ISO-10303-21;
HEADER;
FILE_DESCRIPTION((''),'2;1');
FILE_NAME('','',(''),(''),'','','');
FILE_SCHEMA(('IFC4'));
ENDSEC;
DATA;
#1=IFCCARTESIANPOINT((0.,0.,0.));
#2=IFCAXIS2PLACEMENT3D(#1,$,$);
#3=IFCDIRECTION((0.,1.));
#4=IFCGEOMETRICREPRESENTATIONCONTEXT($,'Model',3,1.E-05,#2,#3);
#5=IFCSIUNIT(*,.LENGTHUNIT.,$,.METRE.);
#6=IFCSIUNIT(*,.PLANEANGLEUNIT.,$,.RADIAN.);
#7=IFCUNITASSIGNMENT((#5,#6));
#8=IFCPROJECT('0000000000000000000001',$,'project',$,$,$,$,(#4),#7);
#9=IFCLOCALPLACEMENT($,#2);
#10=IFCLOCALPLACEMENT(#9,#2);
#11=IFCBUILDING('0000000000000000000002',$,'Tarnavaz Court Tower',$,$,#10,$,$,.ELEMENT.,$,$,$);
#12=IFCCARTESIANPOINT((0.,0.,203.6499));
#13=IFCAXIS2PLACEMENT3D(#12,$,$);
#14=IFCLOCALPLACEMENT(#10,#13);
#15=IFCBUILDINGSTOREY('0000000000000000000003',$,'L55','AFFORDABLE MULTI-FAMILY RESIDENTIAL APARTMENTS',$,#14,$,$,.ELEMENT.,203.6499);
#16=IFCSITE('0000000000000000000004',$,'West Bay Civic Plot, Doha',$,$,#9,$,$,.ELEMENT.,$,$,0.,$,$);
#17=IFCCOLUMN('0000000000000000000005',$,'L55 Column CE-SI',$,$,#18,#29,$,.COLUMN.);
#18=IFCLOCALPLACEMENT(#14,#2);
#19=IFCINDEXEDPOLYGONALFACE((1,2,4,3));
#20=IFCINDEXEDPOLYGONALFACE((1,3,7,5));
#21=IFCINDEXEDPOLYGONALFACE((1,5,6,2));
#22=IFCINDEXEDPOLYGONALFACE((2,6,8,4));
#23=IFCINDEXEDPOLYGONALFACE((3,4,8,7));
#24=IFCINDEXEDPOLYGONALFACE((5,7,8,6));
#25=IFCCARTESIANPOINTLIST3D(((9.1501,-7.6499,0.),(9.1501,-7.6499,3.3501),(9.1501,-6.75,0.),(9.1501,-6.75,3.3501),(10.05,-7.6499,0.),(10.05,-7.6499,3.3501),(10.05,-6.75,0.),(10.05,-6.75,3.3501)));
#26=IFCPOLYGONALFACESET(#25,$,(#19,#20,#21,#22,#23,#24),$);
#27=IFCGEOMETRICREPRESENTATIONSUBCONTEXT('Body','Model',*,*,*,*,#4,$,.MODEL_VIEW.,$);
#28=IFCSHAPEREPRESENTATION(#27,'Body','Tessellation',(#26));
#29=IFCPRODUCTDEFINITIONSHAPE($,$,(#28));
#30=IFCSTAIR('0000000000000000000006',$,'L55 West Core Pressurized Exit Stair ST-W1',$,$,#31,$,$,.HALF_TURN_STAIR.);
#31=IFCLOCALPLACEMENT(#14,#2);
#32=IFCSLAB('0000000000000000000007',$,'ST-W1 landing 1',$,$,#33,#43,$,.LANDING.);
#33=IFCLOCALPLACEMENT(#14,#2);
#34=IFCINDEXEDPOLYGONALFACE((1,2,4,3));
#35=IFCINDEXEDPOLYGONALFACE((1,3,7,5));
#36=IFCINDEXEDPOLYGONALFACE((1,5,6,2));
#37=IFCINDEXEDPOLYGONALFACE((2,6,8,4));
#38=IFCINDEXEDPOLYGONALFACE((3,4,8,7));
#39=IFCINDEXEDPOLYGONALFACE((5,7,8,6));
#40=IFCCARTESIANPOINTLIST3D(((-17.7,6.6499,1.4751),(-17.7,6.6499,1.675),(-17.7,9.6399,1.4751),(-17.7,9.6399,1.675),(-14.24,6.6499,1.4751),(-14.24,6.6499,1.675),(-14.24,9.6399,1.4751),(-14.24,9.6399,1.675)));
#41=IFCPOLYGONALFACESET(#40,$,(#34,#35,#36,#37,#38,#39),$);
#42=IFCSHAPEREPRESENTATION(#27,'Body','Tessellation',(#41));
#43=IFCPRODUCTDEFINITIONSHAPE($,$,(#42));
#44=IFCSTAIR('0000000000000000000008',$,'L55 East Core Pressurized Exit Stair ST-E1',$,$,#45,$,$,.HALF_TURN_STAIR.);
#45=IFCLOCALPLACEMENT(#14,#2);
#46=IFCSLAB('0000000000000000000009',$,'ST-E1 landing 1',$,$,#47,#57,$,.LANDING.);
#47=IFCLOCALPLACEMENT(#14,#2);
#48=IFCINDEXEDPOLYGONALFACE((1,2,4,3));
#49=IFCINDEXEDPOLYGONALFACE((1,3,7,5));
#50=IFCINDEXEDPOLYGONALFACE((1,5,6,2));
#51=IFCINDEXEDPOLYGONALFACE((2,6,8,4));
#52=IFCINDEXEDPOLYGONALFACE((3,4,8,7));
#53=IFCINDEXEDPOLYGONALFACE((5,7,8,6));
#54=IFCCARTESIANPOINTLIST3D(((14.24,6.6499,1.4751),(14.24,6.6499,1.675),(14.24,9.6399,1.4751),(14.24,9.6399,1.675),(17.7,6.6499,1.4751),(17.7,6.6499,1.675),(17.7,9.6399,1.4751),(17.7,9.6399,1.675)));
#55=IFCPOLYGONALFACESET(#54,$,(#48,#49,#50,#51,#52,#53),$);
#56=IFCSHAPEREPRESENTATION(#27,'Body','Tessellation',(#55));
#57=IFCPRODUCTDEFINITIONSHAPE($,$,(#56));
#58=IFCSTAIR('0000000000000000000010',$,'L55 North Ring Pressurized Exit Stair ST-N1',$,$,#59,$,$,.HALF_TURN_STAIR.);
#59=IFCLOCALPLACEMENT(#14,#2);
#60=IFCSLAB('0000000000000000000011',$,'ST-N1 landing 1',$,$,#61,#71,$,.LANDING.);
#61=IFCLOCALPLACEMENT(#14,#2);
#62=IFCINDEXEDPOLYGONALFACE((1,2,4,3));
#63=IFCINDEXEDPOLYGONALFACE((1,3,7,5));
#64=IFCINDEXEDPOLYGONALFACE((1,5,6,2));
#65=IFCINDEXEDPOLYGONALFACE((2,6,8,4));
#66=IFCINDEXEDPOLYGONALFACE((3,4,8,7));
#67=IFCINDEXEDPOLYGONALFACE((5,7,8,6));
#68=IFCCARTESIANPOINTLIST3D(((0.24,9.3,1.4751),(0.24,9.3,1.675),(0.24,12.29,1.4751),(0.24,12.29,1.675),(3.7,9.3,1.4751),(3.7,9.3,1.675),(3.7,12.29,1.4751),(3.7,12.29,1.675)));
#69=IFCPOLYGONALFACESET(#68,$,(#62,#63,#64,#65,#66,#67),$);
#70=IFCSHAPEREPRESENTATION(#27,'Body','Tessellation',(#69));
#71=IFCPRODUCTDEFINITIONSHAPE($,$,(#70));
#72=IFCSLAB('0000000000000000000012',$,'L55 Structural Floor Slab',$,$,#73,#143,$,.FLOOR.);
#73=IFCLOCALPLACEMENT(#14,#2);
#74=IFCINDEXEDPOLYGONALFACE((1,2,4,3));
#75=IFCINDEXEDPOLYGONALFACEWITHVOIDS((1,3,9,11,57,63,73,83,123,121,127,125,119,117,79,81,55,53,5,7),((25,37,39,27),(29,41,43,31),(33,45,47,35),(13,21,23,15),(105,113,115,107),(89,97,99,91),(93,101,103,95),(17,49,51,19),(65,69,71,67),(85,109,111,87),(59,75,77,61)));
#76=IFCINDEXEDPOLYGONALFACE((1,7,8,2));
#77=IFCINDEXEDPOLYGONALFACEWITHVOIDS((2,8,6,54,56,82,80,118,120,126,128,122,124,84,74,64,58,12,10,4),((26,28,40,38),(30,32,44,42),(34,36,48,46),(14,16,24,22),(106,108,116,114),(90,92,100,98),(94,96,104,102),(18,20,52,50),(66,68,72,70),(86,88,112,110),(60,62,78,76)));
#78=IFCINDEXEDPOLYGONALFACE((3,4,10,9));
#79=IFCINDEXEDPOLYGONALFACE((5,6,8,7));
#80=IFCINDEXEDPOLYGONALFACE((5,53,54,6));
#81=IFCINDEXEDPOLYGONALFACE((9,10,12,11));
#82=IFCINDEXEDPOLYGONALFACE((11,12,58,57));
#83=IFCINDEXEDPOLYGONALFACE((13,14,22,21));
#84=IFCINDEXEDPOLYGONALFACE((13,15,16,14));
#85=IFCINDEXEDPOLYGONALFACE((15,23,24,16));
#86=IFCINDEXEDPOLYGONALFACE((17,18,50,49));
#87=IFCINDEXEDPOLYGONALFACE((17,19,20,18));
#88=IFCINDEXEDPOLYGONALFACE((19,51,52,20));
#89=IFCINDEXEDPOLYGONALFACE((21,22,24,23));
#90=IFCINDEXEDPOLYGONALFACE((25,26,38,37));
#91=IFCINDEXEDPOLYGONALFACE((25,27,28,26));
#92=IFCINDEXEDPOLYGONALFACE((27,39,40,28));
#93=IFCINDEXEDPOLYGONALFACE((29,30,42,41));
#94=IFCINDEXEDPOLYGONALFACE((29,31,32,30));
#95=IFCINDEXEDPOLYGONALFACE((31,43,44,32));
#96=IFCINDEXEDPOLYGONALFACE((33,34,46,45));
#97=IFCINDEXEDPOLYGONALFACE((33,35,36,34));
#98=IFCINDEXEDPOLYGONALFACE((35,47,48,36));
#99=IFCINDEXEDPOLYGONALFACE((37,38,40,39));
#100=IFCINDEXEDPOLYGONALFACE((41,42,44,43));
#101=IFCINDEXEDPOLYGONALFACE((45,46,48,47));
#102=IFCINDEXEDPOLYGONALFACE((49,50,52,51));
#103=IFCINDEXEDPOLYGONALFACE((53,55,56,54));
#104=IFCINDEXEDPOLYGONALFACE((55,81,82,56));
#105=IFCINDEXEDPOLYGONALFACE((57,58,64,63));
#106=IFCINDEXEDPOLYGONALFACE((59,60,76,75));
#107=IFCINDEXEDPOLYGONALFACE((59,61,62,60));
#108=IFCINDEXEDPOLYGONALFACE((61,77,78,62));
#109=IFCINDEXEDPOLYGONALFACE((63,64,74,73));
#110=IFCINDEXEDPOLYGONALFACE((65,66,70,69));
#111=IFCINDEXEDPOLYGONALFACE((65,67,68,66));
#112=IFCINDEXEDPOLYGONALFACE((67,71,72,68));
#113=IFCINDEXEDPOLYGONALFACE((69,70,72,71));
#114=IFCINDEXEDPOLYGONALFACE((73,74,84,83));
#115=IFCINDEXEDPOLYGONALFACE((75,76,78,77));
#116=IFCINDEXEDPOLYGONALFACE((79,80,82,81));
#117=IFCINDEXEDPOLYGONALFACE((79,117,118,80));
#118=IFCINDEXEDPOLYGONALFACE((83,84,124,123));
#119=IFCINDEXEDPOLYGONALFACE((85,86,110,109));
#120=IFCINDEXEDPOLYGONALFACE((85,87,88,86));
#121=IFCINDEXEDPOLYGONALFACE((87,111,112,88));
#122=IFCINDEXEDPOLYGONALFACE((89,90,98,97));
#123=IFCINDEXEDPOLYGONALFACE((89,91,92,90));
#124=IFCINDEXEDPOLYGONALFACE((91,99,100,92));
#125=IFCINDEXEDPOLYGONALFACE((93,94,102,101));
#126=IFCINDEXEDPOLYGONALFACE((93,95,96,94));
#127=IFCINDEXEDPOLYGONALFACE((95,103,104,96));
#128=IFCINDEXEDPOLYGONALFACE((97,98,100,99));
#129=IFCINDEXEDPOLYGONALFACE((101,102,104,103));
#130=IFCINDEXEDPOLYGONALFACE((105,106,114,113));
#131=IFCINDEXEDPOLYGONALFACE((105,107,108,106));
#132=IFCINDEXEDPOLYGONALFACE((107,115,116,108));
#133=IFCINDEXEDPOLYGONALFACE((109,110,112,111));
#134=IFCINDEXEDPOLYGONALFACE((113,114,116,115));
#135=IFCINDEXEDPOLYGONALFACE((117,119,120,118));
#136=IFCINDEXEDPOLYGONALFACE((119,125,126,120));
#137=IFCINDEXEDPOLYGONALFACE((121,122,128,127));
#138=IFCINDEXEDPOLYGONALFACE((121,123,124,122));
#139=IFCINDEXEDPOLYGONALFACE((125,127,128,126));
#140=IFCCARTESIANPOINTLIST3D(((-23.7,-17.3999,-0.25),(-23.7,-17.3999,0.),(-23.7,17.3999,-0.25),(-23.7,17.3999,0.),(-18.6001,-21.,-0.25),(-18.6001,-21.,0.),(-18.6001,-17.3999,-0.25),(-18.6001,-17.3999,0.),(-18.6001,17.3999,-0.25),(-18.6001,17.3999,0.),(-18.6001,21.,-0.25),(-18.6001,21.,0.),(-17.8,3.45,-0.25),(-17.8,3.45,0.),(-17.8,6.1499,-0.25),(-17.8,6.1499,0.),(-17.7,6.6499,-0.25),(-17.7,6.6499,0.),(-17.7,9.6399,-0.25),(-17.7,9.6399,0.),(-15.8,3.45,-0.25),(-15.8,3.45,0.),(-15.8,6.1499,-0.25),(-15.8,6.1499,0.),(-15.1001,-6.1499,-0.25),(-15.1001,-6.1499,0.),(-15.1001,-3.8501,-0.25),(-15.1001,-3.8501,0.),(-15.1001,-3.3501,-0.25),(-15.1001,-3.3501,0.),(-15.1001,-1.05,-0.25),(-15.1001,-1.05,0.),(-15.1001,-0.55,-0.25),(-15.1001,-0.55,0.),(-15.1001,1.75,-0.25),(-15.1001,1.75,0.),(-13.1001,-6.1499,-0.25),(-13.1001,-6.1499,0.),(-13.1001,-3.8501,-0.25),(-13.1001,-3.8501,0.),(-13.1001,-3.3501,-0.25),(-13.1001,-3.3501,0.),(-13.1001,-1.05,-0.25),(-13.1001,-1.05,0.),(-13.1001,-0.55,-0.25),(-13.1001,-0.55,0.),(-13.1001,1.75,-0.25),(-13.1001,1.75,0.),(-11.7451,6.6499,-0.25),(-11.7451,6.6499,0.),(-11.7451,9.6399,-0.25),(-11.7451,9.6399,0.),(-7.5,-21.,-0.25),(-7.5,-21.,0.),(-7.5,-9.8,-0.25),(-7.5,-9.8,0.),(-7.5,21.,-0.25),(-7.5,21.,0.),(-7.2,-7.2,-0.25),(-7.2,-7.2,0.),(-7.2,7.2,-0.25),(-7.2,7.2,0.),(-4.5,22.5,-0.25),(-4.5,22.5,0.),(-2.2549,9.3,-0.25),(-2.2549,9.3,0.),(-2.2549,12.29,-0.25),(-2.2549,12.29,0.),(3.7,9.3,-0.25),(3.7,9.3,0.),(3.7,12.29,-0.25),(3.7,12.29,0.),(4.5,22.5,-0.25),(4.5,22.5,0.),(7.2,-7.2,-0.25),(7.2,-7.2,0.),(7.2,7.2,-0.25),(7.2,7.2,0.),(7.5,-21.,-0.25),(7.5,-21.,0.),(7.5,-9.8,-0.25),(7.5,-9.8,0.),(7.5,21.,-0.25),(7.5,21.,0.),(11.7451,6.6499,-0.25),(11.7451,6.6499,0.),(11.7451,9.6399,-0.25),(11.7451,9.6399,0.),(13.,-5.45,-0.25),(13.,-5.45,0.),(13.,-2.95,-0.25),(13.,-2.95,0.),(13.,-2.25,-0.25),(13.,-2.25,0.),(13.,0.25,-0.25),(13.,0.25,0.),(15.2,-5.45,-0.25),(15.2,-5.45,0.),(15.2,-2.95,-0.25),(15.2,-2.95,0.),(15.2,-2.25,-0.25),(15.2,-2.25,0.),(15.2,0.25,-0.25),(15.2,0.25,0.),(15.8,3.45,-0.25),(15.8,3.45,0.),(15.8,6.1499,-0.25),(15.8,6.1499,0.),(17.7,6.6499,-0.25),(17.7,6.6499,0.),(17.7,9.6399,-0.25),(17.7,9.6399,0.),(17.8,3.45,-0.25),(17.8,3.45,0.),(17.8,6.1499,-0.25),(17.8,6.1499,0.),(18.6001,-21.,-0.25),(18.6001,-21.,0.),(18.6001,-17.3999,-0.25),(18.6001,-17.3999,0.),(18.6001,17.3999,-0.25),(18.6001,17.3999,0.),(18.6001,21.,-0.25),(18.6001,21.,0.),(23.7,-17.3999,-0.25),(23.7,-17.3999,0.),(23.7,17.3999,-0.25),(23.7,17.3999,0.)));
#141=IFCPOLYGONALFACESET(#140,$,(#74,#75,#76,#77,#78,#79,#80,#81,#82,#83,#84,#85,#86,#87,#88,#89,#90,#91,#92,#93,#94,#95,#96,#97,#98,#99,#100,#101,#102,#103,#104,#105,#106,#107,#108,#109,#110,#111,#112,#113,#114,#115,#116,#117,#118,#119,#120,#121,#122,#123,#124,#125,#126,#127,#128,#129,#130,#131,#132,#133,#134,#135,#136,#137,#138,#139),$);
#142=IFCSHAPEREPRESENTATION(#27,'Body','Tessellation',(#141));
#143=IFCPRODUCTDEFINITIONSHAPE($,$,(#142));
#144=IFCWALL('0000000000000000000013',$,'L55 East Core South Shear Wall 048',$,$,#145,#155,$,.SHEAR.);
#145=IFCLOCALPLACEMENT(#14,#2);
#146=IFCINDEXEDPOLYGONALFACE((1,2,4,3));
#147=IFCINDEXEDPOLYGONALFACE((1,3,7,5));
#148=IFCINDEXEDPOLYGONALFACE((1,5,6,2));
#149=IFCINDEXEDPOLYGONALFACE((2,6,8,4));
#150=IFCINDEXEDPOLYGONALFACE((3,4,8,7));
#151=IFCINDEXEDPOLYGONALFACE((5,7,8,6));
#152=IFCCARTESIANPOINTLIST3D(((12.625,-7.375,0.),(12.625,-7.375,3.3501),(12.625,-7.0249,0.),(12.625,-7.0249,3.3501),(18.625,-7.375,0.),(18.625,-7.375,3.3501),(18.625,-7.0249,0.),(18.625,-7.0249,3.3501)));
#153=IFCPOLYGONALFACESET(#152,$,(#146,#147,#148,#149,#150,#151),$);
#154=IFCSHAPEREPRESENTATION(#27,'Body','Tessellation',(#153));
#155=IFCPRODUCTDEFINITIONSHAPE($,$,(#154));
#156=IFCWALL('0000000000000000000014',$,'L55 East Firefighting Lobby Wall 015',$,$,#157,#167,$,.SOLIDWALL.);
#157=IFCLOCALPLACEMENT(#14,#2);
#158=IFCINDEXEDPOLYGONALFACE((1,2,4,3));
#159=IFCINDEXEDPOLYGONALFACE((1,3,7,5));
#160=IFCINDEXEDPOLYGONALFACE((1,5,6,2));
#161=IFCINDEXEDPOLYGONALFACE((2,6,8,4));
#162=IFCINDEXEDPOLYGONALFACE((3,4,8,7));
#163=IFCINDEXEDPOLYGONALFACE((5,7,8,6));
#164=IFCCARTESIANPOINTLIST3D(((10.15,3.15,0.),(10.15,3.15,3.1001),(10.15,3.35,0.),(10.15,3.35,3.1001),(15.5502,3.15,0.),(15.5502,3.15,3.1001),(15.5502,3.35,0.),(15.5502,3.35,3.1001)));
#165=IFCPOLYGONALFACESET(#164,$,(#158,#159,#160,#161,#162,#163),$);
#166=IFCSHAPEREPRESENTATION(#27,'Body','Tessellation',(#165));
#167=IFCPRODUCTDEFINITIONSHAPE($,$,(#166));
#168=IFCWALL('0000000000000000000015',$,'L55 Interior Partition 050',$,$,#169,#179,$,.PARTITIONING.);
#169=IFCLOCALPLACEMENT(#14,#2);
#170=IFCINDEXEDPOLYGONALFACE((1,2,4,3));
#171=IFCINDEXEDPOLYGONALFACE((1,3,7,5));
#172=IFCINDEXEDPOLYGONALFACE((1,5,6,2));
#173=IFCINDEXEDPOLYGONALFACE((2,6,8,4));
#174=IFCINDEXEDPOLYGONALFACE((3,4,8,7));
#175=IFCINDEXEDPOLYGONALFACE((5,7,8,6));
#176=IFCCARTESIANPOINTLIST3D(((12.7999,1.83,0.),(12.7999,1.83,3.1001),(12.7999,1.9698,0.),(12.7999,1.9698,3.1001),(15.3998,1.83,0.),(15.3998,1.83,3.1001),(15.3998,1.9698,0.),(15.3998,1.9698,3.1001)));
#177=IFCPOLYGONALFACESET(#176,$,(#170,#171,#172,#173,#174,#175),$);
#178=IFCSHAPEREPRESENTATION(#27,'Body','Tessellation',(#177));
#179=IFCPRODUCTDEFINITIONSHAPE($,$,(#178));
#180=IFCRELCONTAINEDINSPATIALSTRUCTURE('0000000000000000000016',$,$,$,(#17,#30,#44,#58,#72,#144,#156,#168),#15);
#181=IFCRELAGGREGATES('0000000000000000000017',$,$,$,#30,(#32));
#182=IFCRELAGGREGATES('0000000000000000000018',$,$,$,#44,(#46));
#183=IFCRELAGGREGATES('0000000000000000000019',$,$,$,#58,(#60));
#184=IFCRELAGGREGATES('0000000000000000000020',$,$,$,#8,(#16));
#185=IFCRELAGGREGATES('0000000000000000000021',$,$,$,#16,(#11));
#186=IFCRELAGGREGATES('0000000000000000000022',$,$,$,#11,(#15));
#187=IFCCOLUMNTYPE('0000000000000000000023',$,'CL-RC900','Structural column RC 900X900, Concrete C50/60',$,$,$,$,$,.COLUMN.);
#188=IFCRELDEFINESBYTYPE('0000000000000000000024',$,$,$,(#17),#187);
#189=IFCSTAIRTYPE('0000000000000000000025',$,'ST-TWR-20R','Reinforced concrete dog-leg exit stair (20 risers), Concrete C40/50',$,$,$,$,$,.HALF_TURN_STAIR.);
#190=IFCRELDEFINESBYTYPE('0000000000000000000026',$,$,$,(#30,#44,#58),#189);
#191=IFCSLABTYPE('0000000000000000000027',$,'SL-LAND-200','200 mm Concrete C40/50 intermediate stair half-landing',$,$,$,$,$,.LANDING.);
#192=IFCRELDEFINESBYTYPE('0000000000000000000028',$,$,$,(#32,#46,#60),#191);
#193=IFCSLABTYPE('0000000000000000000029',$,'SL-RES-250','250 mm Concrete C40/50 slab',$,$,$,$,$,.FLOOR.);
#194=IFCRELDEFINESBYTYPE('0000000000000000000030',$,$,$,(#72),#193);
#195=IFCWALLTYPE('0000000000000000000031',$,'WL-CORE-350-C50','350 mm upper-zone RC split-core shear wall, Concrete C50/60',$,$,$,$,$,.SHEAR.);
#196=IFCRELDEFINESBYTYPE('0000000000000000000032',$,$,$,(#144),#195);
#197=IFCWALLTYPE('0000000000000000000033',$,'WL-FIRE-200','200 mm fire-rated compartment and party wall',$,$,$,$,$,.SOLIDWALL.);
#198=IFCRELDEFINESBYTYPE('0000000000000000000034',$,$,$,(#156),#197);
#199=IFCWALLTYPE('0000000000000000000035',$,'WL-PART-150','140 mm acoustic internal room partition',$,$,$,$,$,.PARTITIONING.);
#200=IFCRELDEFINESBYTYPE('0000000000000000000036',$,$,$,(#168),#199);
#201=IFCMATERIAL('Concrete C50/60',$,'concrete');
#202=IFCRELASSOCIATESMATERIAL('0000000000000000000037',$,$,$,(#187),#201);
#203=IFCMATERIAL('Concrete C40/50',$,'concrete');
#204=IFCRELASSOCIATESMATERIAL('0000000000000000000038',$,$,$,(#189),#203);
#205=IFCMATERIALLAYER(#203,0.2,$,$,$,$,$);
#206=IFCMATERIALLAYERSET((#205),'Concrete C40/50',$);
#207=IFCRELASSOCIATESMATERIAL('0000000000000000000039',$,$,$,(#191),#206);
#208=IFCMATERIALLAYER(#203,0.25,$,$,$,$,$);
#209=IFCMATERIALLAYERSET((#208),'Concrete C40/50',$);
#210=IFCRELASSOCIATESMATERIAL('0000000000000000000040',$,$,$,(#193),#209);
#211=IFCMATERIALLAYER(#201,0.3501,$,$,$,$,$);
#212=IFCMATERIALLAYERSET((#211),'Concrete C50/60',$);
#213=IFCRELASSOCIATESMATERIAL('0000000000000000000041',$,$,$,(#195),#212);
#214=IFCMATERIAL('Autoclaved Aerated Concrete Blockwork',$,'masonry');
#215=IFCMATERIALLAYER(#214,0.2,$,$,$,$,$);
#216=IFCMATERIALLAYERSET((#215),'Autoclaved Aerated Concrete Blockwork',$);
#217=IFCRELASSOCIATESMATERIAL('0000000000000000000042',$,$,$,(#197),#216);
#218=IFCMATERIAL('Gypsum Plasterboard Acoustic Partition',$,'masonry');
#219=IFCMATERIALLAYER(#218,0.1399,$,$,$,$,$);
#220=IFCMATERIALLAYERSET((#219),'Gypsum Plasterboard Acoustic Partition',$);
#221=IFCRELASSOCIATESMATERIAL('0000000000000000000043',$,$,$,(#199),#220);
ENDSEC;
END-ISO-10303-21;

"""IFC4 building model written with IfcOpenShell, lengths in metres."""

from ifc_helpers import new_model, si_unit, direction, frame, frame_2d, origin, origin_2d, place, context, subcontext, project, spatial, polyline, rectangle, outline, extrude, material, layer, layer_set, material_profile, profile_set, type_object, element, aggregate, save


model = new_model("IFC4")

# Units and contexts
model_context = context("Model", 3, precision=1e-05, world=origin(), true_north=direction((0.0, 1.0)))
body_context = subcontext(model_context, "Body", "Model", "MODEL_VIEW")
ifc_project = project(units=[si_unit("LENGTHUNIT", "METRE"), si_unit("PLANEANGLEUNIT", "RADIAN")], contexts=[model_context])

# Site, building, storey
site_placement = place(None, origin())
site = spatial("IfcSite", under=ifc_project, at=site_placement, Name="West Bay Civic Plot, Doha", CompositionType="ELEMENT", RefElevation=0.0)
building_placement = place(site_placement, origin())
building = spatial("IfcBuilding", under=site, at=building_placement, Name="Tarnavaz Court Tower", CompositionType="ELEMENT")
storey_placement = place(building_placement, frame((0.0, 0.0, 203.6499)))
storey = spatial("IfcBuildingStorey", under=building, at=storey_placement, Name="L55", Description="AFFORDABLE MULTI-FAMILY RESIDENTIAL APARTMENTS", CompositionType="ELEMENT", Elevation=203.6499)

# Column
ifc_material_1 = material(Name="Concrete C50/60", Category="concrete")
ifc_material_profile = material_profile(ifc_material_1, rectangle(XDim=0.8999, YDim=0.8999, at=origin_2d()), Name="RC 900X900")
ifc_profile_set = profile_set([ifc_material_profile], Name="Concrete C50/60")
column_type = type_object("IfcColumnType", Name="CL-RC900", Description="Structural column RC 900X900, Concrete C50/60", PredefinedType="COLUMN", material=ifc_profile_set)
column_placement = place(storey_placement, frame((9.6001, -7.2, 0.0), z_axis=(0.0, 0.0, 1.0), x_axis=(1.0, 0.0, 0.0)))
element("IfcColumn", 1, at=column_placement, inside=storey, type_object=column_type, Name="L55 Column CE-SI", PredefinedType="COLUMN", context=body_context, shape_type="SweptSolid", body=[
    extrude(rectangle(XDim=0.8999, YDim=0.8999, at=origin_2d()), origin(), (0.0, 0.0, 1.0), 3.3501),
])

# Stairs, slabs
ifc_material_2 = material(Name="Concrete C40/50", Category="concrete")
stair_type = type_object("IfcStairType", Name="ST-TWR-20R", Description="Reinforced concrete dog-leg exit stair (20 risers), Concrete C40/50", PredefinedType="HALF_TURN_STAIR", material=ifc_material_2)
stair_1_placement = place(storey_placement, origin())
stair_1 = element("IfcStair", 2, at=stair_1_placement, inside=storey, type_object=stair_type, Name="L55 West Core Pressurized Exit Stair ST-W1", PredefinedType="HALF_TURN_STAIR")
ifc_layer_1 = layer(ifc_material_2, 0.2)
ifc_layer_set_1 = layer_set([ifc_layer_1], Name="Concrete C40/50")
slab_type_1 = type_object("IfcSlabType", Name="SL-LAND-200", Description="200 mm Concrete C40/50 intermediate stair half-landing", PredefinedType="LANDING", material=ifc_layer_set_1)
slab_1_placement = place(storey_placement, frame((0.0, 0.0, 1.4751)))
slab_1 = element("IfcSlab", 3, at=slab_1_placement, type_object=slab_type_1, Name="ST-W1 landing 1", PredefinedType="LANDING", context=body_context, shape_type="SweptSolid", body=[
    extrude(outline(polyline([(-14.24, 9.6399), (-17.7, 9.6399), (-17.7, 6.6499), (-14.24, 6.6499), (-14.24, 9.6399)])), origin(), (0.0, 0.0, 1.0), 0.2),
])
aggregate(stair_1, [slab_1])
stair_2_placement = place(storey_placement, origin())
stair_2 = element("IfcStair", 4, at=stair_2_placement, inside=storey, type_object=stair_type, Name="L55 East Core Pressurized Exit Stair ST-E1", PredefinedType="HALF_TURN_STAIR")
slab_2_placement = place(storey_placement, frame((0.0, 0.0, 1.4751)))
slab_2 = element("IfcSlab", 5, at=slab_2_placement, type_object=slab_type_1, Name="ST-E1 landing 1", PredefinedType="LANDING", context=body_context, shape_type="SweptSolid", body=[
    extrude(outline(polyline([(14.24, 6.6499), (17.7, 6.6499), (17.7, 9.6399), (14.24, 9.6399), (14.24, 6.6499)])), origin(), (0.0, 0.0, 1.0), 0.2),
])
aggregate(stair_2, [slab_2])
stair_3_placement = place(storey_placement, origin())
stair_3 = element("IfcStair", 6, at=stair_3_placement, inside=storey, type_object=stair_type, Name="L55 North Ring Pressurized Exit Stair ST-N1", PredefinedType="HALF_TURN_STAIR")
slab_3_placement = place(storey_placement, frame((0.0, 0.0, 1.4751)))
slab_3 = element("IfcSlab", 7, at=slab_3_placement, type_object=slab_type_1, Name="ST-N1 landing 1", PredefinedType="LANDING", context=body_context, shape_type="SweptSolid", body=[
    extrude(outline(polyline([(0.24, 9.3), (3.7, 9.3), (3.7, 12.29), (0.24, 12.29), (0.24, 9.3)])), origin(), (0.0, 0.0, 1.0), 0.2),
])
aggregate(stair_3, [slab_3])

# Slab
ifc_layer_2 = layer(ifc_material_2, 0.25)
ifc_layer_set_2 = layer_set([ifc_layer_2], Name="Concrete C40/50")
slab_type_2 = type_object("IfcSlabType", Name="SL-RES-250", Description="250 mm Concrete C40/50 slab", PredefinedType="FLOOR", material=ifc_layer_set_2)
slab_4_placement = place(storey_placement, frame((0.0, 0.0, -0.25)))
element("IfcSlab", 8, at=slab_4_placement, inside=storey, type_object=slab_type_2, Name="L55 Structural Floor Slab", PredefinedType="FLOOR", context=body_context, shape_type="SweptSolid", body=[
    extrude(outline(polyline([(-18.6001, -21.0), (-7.5, -21.0), (-7.5, -9.8), (7.5, -9.8), (7.5, -21.0), (18.6001, -21.0), (18.6001, -17.3999), (23.7, -17.3999), (23.7, 17.3999), (18.6001, 17.3999), (18.6001, 21.0), (7.5, 21.0), (4.5, 22.5), (-4.5, 22.5), (-7.5, 21.0), (-18.6001, 21.0), (-18.6001, 17.3999), (-23.7, 17.3999), (-23.7, -17.3999), (-18.6001, -17.3999), (-18.6001, -21.0)]), holes=[polyline([(-7.2, -7.2), (7.2, -7.2), (7.2, 7.2), (-7.2, 7.2), (-7.2, -7.2)]), polyline([(-11.7451, 9.6399), (-17.7, 9.6399), (-17.7, 6.6499), (-11.7451, 6.6499), (-11.7451, 9.6399)]), polyline([(11.7451, 6.6499), (17.7, 6.6499), (17.7, 9.6399), (11.7451, 9.6399), (11.7451, 6.6499)]), polyline([(-2.2549, 9.3), (3.7, 9.3), (3.7, 12.29), (-2.2549, 12.29), (-2.2549, 9.3)]), polyline([(-17.8, 3.45), (-15.8, 3.45), (-15.8, 6.1499), (-17.8, 6.1499), (-17.8, 3.45)]), polyline([(-15.1001, -6.1499), (-13.1001, -6.1499), (-13.1001, -3.8501), (-15.1001, -3.8501), (-15.1001, -6.1499)]), polyline([(-15.1001, -3.3501), (-13.1001, -3.3501), (-13.1001, -1.05), (-15.1001, -1.05), (-15.1001, -3.3501)]), polyline([(-15.1001, -0.55), (-13.1001, -0.55), (-13.1001, 1.75), (-15.1001, 1.75), (-15.1001, -0.55)]), polyline([(15.8, 3.45), (17.8, 3.45), (17.8, 6.1499), (15.8, 6.1499), (15.8, 3.45)]), polyline([(13.0, -5.45), (15.2, -5.45), (15.2, -2.95), (13.0, -2.95), (13.0, -5.45)]), polyline([(13.0, -2.25), (15.2, -2.25), (15.2, 0.25), (13.0, 0.25), (13.0, -2.25)])]), origin(), (0.0, 0.0, 1.0), 0.25),
])

# Walls
ifc_layer_3 = layer(ifc_material_1, 0.3501)
ifc_layer_set_3 = layer_set([ifc_layer_3], Name="Concrete C50/60")
wall_type_1 = type_object("IfcWallType", Name="WL-CORE-350-C50", Description="350 mm upper-zone RC split-core shear wall, Concrete C50/60", PredefinedType="SHEAR", material=ifc_layer_set_3)
wall_1_placement = place(storey_placement, frame((12.625, -7.2, 0.0), z_axis=(0.0, 0.0, 1.0), x_axis=(1.0, 0.0, 0.0)))
element("IfcWall", 9, at=wall_1_placement, inside=storey, type_object=wall_type_1, Name="L55 East Core South Shear Wall 048", PredefinedType="SHEAR", context=body_context, shape_type="SweptSolid", body=[
    extrude(rectangle(XDim=6.0, YDim=0.3501, at=frame_2d((3.0, 0.0))), origin(), (0.0, 0.0, 1.0), 3.3501),
])
ifc_material_3 = material(Name="Autoclaved Aerated Concrete Blockwork", Category="masonry")
ifc_layer_4 = layer(ifc_material_3, 0.2)
ifc_layer_set_4 = layer_set([ifc_layer_4], Name="Autoclaved Aerated Concrete Blockwork")
wall_type_2 = type_object("IfcWallType", Name="WL-FIRE-200", Description="200 mm fire-rated compartment and party wall", PredefinedType="SOLIDWALL", material=ifc_layer_set_4)
wall_2_placement = place(storey_placement, frame((10.1499, 3.25, 0.0), z_axis=(0.0, 0.0, 1.0), x_axis=(1.0, 0.0, 0.0)))
element("IfcWall", 10, at=wall_2_placement, inside=storey, type_object=wall_type_2, Name="L55 East Firefighting Lobby Wall 015", PredefinedType="SOLIDWALL", context=body_context, shape_type="SweptSolid", body=[
    extrude(rectangle(XDim=5.4001, YDim=0.2, at=frame_2d((2.7002, 0.0))), origin(), (0.0, 0.0, 1.0), 3.1001),
])

# Wall
ifc_material_4 = material(Name="Gypsum Plasterboard Acoustic Partition", Category="masonry")
ifc_layer_5 = layer(ifc_material_4, 0.1399)
ifc_layer_set_5 = layer_set([ifc_layer_5], Name="Gypsum Plasterboard Acoustic Partition")
wall_type_3 = type_object("IfcWallType", Name="WL-PART-150", Description="140 mm acoustic internal room partition", PredefinedType="PARTITIONING", material=ifc_layer_set_5)
wall_3_placement = place(storey_placement, frame((12.8, 1.8999, 0.0), z_axis=(0.0, 0.0, 1.0), x_axis=(1.0, 0.0, 0.0)))
element("IfcWall", 11, at=wall_3_placement, inside=storey, type_object=wall_type_3, Name="L55 Interior Partition 050", PredefinedType="PARTITIONING", context=body_context, shape_type="SweptSolid", body=[
    extrude(rectangle(XDim=2.5999, YDim=0.1399, at=frame_2d((1.2998, 0.0))), origin(), (0.0, 0.0, 1.0), 3.1001),
])

save(model, "model.ifc")
